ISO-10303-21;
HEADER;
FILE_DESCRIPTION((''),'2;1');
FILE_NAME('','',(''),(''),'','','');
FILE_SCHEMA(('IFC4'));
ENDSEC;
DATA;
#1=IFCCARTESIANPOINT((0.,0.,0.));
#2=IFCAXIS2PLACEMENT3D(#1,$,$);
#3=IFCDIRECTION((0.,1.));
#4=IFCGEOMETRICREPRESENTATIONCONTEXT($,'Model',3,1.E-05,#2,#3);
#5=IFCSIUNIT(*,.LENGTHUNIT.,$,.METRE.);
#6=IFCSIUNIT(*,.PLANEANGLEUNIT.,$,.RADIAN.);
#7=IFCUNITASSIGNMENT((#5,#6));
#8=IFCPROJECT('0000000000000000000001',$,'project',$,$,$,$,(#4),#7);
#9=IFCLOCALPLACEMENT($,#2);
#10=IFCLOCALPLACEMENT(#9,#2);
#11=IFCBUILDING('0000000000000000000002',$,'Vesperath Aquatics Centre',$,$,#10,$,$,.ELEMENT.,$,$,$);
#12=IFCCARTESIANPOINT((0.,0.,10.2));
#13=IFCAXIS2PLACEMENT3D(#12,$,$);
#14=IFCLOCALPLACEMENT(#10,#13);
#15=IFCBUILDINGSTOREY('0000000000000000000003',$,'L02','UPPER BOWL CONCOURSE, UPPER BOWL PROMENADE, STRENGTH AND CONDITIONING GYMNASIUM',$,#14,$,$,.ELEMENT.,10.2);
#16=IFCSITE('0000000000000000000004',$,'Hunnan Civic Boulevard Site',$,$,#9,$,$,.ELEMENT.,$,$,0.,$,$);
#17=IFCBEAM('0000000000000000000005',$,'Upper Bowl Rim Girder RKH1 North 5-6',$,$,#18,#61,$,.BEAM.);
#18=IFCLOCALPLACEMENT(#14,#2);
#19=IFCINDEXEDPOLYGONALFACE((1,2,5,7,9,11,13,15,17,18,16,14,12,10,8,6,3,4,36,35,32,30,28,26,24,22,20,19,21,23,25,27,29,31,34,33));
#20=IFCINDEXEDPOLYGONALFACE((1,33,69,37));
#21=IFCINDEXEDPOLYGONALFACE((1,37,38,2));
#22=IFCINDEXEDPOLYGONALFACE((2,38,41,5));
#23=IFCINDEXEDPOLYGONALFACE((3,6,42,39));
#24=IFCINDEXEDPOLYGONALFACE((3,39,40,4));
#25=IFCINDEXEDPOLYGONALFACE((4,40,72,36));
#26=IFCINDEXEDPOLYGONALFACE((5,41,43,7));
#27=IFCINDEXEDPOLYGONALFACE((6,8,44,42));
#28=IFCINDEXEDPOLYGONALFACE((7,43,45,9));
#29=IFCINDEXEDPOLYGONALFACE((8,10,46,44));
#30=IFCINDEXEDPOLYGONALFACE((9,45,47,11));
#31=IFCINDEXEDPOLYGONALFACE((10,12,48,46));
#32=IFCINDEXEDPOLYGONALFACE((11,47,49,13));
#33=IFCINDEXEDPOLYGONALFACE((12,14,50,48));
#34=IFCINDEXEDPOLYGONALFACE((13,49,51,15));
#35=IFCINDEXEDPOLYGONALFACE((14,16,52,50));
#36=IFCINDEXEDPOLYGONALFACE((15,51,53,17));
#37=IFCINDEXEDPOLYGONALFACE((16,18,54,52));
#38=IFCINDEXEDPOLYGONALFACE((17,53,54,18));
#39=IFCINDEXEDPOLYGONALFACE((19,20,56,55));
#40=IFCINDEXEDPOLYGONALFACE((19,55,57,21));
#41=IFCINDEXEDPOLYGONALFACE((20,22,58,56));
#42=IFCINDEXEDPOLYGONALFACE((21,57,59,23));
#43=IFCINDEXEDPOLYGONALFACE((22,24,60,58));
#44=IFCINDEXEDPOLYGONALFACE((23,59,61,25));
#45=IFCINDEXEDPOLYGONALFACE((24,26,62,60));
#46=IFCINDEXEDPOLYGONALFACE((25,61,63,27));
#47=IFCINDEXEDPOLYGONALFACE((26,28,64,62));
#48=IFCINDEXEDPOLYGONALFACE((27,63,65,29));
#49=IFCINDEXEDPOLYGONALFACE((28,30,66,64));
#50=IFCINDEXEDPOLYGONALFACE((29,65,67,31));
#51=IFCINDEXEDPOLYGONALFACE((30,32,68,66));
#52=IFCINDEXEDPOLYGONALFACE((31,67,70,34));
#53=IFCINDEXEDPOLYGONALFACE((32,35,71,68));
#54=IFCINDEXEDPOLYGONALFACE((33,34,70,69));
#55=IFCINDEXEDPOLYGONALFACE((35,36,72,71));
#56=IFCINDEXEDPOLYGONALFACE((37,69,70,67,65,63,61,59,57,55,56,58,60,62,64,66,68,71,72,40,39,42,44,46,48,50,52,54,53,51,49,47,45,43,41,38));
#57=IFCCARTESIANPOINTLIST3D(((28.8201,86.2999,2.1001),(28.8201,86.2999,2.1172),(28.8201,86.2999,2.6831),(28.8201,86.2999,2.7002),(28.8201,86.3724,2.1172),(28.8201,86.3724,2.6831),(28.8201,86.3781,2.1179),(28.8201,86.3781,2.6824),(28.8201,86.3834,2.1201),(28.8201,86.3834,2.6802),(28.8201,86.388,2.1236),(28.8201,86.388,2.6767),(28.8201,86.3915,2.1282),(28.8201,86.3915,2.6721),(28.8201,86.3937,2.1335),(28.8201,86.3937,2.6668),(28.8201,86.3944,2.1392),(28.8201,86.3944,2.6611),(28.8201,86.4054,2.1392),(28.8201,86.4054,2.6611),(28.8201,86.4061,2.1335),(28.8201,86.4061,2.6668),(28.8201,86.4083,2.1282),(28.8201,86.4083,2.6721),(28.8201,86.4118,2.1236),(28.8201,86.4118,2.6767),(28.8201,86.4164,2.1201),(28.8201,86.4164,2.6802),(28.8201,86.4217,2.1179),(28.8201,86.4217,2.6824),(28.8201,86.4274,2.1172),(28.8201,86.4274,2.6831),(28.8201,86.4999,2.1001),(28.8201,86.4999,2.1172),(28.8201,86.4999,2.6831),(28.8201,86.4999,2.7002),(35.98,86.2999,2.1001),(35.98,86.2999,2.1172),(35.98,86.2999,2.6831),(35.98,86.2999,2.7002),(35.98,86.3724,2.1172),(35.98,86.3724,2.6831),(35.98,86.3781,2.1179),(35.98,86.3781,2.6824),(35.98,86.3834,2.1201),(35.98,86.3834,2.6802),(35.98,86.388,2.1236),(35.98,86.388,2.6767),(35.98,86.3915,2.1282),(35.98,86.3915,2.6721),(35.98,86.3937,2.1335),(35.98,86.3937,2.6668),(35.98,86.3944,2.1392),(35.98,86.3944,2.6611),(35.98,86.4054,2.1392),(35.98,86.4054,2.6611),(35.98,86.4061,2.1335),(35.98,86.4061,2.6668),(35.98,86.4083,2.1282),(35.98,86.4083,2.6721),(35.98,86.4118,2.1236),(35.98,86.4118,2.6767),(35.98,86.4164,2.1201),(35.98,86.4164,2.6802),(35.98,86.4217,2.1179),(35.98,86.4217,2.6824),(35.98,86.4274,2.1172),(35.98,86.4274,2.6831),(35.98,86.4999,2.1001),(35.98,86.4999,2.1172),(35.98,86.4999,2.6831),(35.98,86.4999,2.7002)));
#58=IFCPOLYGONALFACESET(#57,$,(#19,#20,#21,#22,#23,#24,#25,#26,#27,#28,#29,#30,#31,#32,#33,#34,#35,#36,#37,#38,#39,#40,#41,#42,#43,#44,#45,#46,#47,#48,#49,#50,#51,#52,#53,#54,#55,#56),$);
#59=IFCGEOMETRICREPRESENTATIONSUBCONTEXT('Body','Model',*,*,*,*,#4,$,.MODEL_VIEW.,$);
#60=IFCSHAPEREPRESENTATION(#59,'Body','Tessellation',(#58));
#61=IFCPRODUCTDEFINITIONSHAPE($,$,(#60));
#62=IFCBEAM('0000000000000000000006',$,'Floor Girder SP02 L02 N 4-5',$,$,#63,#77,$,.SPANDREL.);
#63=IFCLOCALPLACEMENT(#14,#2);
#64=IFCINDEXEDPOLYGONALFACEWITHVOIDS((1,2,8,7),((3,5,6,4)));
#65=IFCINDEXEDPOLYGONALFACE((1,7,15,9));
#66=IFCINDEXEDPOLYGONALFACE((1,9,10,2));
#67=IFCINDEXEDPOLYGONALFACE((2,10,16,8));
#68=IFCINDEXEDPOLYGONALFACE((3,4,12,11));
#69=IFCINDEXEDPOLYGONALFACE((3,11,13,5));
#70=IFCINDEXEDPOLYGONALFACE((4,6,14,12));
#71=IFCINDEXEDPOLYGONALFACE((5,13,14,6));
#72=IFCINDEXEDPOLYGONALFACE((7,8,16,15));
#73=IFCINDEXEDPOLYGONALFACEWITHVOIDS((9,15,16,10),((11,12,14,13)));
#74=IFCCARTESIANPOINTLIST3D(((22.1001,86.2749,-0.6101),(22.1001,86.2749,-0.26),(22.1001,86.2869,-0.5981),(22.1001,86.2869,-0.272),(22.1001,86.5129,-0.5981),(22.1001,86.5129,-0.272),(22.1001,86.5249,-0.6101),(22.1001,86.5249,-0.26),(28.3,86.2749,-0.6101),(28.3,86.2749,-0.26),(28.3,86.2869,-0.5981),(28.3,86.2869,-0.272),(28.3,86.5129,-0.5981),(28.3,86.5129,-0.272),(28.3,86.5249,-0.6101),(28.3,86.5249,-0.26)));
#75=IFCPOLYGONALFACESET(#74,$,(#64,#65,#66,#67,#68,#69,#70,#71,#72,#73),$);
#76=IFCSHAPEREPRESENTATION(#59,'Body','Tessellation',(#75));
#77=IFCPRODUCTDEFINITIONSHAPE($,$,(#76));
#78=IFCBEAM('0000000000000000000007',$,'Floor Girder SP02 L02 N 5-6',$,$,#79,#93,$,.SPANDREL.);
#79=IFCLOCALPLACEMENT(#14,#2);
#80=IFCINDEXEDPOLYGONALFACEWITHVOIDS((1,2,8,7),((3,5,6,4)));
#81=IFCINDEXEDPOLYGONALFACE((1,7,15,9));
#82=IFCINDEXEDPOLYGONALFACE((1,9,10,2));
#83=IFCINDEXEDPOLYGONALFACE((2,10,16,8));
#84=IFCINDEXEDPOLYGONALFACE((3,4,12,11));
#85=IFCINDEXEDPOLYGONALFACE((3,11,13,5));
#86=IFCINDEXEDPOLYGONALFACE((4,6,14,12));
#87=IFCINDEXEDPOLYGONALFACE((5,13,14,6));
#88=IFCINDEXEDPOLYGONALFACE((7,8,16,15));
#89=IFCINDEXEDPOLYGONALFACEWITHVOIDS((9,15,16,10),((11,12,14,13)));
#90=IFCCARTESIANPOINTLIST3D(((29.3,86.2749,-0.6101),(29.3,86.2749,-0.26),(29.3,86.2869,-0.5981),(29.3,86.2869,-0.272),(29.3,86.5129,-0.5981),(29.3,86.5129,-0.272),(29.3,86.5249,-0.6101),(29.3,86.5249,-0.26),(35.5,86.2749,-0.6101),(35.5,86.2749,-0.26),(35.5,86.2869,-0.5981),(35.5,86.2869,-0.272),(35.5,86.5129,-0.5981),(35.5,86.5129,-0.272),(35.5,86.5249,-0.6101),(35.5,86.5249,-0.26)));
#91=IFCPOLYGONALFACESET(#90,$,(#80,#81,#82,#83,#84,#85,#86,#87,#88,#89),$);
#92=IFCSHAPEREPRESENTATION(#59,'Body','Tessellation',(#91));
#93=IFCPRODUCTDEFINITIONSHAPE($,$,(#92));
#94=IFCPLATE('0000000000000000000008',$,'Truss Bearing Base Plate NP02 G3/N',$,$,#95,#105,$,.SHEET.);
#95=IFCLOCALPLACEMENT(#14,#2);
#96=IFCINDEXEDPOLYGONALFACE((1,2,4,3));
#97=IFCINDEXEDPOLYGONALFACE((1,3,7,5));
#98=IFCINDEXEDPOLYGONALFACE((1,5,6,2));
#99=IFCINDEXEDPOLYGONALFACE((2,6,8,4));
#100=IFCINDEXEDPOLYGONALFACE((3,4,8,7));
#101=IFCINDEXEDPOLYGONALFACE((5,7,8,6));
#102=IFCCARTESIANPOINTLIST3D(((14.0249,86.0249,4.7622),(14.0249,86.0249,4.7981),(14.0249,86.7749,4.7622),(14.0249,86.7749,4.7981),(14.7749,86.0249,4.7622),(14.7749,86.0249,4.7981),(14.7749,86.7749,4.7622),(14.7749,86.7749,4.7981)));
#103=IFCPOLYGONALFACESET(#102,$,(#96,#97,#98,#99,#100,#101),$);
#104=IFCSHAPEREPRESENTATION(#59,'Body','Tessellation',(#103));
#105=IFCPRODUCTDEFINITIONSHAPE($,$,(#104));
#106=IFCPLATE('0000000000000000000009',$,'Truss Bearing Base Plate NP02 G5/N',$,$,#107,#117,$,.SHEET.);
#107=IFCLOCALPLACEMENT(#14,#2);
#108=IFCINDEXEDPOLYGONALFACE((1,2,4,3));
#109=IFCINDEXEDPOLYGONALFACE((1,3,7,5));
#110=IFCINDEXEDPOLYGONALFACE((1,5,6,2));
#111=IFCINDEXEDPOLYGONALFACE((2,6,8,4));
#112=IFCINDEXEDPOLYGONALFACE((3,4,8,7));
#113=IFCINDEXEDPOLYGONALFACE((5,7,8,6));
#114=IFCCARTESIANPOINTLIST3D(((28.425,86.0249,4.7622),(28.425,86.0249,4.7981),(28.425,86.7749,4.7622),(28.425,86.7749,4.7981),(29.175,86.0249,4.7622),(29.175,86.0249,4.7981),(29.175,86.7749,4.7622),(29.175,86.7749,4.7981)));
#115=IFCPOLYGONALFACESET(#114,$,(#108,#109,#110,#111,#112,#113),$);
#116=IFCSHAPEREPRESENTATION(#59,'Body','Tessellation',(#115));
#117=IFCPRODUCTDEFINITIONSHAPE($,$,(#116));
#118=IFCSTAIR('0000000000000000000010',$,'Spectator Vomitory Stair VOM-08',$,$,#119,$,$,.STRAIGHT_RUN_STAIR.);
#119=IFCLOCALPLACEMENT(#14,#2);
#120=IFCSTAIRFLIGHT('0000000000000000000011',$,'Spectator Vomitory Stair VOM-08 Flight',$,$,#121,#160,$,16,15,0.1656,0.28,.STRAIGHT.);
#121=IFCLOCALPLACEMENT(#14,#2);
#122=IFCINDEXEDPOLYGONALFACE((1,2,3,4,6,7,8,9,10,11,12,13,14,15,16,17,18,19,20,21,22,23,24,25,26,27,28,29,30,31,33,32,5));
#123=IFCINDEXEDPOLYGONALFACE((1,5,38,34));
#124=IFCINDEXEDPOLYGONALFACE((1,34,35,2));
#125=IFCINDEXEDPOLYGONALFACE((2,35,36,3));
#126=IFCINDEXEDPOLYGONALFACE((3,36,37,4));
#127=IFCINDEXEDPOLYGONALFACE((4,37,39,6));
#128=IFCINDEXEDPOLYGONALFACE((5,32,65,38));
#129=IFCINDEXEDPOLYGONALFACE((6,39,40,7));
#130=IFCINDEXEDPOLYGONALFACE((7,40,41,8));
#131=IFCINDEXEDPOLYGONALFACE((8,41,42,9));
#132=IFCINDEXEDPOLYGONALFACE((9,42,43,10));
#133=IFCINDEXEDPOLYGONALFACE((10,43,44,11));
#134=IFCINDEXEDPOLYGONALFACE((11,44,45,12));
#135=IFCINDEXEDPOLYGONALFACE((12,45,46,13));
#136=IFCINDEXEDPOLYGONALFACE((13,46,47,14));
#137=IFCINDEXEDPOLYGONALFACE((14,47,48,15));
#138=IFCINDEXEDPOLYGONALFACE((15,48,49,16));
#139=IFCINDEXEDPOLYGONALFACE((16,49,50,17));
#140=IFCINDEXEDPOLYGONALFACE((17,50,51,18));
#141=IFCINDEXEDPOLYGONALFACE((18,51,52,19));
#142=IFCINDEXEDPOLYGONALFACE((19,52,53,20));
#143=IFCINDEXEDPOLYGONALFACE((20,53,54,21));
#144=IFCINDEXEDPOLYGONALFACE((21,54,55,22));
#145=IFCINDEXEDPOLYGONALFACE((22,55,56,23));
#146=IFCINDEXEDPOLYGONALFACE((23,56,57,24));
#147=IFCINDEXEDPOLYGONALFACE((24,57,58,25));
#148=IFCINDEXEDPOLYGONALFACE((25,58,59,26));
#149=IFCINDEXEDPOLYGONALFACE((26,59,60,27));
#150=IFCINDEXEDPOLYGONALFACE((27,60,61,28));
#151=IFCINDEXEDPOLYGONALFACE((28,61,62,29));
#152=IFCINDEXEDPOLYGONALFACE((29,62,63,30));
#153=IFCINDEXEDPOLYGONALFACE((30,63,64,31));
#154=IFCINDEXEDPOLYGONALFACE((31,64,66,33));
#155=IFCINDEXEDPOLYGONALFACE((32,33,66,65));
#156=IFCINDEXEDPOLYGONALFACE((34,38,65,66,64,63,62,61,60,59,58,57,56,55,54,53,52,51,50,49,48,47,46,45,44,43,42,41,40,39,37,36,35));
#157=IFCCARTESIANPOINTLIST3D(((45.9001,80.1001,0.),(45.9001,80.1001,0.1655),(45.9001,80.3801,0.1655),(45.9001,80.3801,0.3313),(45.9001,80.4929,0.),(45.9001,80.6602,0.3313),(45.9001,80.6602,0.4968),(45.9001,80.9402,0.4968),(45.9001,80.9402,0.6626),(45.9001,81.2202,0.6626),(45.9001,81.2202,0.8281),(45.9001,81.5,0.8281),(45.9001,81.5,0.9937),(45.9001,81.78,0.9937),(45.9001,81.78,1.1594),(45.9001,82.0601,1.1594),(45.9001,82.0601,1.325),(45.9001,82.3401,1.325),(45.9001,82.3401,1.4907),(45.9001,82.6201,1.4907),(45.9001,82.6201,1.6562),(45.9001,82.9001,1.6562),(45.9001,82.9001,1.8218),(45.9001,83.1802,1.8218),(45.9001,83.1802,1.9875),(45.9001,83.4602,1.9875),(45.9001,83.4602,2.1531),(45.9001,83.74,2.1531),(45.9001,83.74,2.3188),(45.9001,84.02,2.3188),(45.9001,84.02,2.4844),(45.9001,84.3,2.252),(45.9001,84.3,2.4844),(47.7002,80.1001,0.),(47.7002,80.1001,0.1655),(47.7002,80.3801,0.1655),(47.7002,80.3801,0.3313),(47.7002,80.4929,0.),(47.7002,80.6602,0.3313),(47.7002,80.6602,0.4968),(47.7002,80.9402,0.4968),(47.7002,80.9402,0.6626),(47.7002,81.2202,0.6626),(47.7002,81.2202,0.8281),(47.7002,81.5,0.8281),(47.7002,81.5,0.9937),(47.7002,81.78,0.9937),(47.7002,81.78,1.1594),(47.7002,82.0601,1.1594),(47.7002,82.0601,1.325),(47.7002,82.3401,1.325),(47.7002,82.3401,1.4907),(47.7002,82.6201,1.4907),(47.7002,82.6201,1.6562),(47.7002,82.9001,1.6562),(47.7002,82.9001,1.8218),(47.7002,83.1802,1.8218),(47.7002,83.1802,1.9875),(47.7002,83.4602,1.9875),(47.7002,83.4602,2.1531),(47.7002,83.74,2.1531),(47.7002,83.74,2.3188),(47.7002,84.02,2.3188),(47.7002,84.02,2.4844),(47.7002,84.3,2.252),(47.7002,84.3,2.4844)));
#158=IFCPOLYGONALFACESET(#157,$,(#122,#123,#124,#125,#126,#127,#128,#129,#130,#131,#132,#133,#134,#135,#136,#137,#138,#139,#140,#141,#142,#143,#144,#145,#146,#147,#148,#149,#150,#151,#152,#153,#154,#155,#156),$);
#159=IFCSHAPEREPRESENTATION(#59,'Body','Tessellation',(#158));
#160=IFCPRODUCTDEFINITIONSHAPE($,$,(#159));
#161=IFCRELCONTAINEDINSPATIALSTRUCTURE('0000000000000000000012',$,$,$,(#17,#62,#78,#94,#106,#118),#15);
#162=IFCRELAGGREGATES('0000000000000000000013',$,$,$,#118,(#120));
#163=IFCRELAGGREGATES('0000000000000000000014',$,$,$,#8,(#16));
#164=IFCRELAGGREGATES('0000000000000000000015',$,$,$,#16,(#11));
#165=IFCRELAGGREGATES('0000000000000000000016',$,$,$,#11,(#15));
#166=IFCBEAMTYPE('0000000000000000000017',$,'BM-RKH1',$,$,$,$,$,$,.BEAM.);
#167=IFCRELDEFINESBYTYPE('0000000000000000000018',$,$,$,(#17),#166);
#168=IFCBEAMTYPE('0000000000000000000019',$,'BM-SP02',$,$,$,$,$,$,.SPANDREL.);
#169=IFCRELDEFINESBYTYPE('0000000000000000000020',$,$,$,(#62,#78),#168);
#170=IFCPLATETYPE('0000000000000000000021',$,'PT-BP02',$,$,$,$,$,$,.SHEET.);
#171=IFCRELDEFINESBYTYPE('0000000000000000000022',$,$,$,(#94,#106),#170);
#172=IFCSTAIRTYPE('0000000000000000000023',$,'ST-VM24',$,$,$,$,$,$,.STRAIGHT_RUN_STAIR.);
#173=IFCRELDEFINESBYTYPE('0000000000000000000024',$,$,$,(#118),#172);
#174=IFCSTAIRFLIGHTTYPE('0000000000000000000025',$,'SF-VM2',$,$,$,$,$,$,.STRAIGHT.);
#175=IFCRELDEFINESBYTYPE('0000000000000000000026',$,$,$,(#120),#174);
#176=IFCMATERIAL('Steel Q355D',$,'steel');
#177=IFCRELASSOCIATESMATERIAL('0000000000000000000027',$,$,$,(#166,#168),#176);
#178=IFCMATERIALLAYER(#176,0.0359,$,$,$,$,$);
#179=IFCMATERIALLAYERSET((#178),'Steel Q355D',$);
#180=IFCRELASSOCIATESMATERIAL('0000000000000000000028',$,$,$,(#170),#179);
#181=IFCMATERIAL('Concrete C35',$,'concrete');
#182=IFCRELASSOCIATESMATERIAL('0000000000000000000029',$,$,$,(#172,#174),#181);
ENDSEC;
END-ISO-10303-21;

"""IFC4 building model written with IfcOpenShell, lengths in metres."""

from ifc_helpers import new_model, si_unit, direction, frame, origin, origin_2d, place, context, subcontext, project, spatial, polyline, rectangle, hollow_rectangle, i_section, outline, extrude, material, layer, layer_set, material_profile, profile_set, type_object, element, aggregate, save


model = new_model("IFC4")

# Units and contexts
model_context = context("Model", 3, precision=1e-05, world=origin(), true_north=direction((0.0, 1.0)))
body_context = subcontext(model_context, "Body", "Model", "MODEL_VIEW")
ifc_project = project(units=[si_unit("LENGTHUNIT", "METRE"), si_unit("PLANEANGLEUNIT", "RADIAN")], contexts=[model_context])

# Site, building, storey
site_placement = place(None, origin())
site = spatial("IfcSite", under=ifc_project, at=site_placement, Name="Hunnan Civic Boulevard Site", CompositionType="ELEMENT", RefElevation=0.0)
building_placement = place(site_placement, origin())
building = spatial("IfcBuilding", under=site, at=building_placement, Name="Vesperath Aquatics Centre", CompositionType="ELEMENT")
storey_placement = place(building_placement, frame((0.0, 0.0, 10.2)))
storey = spatial("IfcBuildingStorey", under=building, at=storey_placement, Name="L02", Description="UPPER BOWL CONCOURSE, UPPER BOWL PROMENADE, STRENGTH AND CONDITIONING GYMNASIUM", CompositionType="ELEMENT", Elevation=10.2)

# Shared definitions
ifc_material_1 = material(Name="Steel Q355D", Category="steel")

# Beams
ifc_material_profile_1 = material_profile(ifc_material_1, i_section(OverallWidth=0.2, OverallDepth=0.6001, WebThickness=0.011, FlangeThickness=0.0171, FilletRadius=0.022, at=origin_2d()), Name="HN 600x200x11x17")
ifc_profile_set_1 = profile_set([ifc_material_profile_1], Name="Steel Q355D")
beam_type_1 = type_object("IfcBeamType", Name="BM-RKH1", PredefinedType="BEAM", material=ifc_profile_set_1)
for number, where, z_axis, x_axis, name in (
    (1, (28.8201, 86.3999, 2.4001), (1.0, 0.0, 0.0), (0.0, 1.0, 0.0), "Upper Bowl Rim Girder RKH1 North 5-6"),
):
    element("IfcBeam", number, at=place(storey_placement, frame(where, z_axis=z_axis, x_axis=x_axis)), inside=storey, type_object=beam_type_1, Name=name, PredefinedType="BEAM", context=body_context, shape_type="SweptSolid", body=[
        extrude(i_section(OverallWidth=0.2, OverallDepth=0.6001, WebThickness=0.011, FlangeThickness=0.0171, FilletRadius=0.022, at=origin_2d()), origin(), (0.0, 0.0, 1.0), 7.1599),
    ])
ifc_material_profile_2 = material_profile(ifc_material_1, hollow_rectangle(XDim=0.25, YDim=0.3501, WallThickness=0.012, at=origin_2d()), Name="RHS 350x250x12")
ifc_profile_set_2 = profile_set([ifc_material_profile_2], Name="Steel Q355D")
beam_type_2 = type_object("IfcBeamType", Name="BM-SP02", PredefinedType="SPANDREL", material=ifc_profile_set_2)
for number, where, z_axis, x_axis, name in (
    (2, (22.1001, 86.3999, -0.4351), (1.0, 0.0, 0.0), (0.0, 1.0, 0.0), "Floor Girder SP02 L02 N 4-5"),
    (3, (29.3, 86.3999, -0.4351), (1.0, 0.0, 0.0), (0.0, 1.0, 0.0), "Floor Girder SP02 L02 N 5-6"),
):
    element("IfcBeam", number, at=place(storey_placement, frame(where, z_axis=z_axis, x_axis=x_axis)), inside=storey, type_object=beam_type_2, Name=name, PredefinedType="SPANDREL", context=body_context, shape_type="SweptSolid", body=[
        extrude(hollow_rectangle(XDim=0.25, YDim=0.3501, WallThickness=0.012, at=origin_2d()), origin(), (0.0, 0.0, 1.0), 6.2),
    ])

# Plates
ifc_layer = layer(ifc_material_1, 0.0359)
ifc_layer_set = layer_set([ifc_layer], Name="Steel Q355D")
plate_type = type_object("IfcPlateType", Name="PT-BP02", PredefinedType="SHEET", material=ifc_layer_set)
for number, where, z_axis, x_axis, name in (
    (4, (14.3999, 86.3999, 4.7622), (0.0, 0.0, 1.0), (1.0, 0.0, 0.0), "Truss Bearing Base Plate NP02 G3/N"),
    (5, (28.8, 86.3999, 4.7622), (0.0, 0.0, 1.0), (1.0, 0.0, 0.0), "Truss Bearing Base Plate NP02 G5/N"),
):
    element("IfcPlate", number, at=place(storey_placement, frame(where, z_axis=z_axis, x_axis=x_axis)), inside=storey, type_object=plate_type, Name=name, PredefinedType="SHEET", context=body_context, shape_type="SweptSolid", body=[
        extrude(rectangle(XDim=0.75, YDim=0.75, at=origin_2d()), origin(), (0.0, 0.0, 1.0), 0.0359),
    ])

# Stair, stair flight
ifc_material_2 = material(Name="Concrete C35", Category="concrete")
stair_type = type_object("IfcStairType", Name="ST-VM24", PredefinedType="STRAIGHT_RUN_STAIR", material=ifc_material_2)
stair_placement = place(storey_placement, origin())
stair = element("IfcStair", 6, at=stair_placement, inside=storey, type_object=stair_type, Name="Spectator Vomitory Stair VOM-08", PredefinedType="STRAIGHT_RUN_STAIR")
stair_flight_type = type_object("IfcStairFlightType", Name="SF-VM2", PredefinedType="STRAIGHT", material=ifc_material_2)
stair_flight_placement = place(storey_placement, frame((46.8, 80.1001, 0.0), z_axis=(0.0, 0.0, 1.0), x_axis=(0.0, 1.0, 0.0)))
stair_flight = element("IfcStairFlight", 7, at=stair_flight_placement, type_object=stair_flight_type, Name="Spectator Vomitory Stair VOM-08 Flight", NumberOfRisers=16, NumberOfTreads=15, PredefinedType="STRAIGHT", RiserHeight=0.1656, TreadLength=0.28, context=body_context, shape_type="SweptSolid", body=[
    extrude(outline(polyline([(0.0, 0.0), (0.0, 0.1655), (0.28, 0.1655), (0.28, 0.3313), (0.5601, 0.3313), (0.5601, 0.4968), (0.8401, 0.4968), (0.8401, 0.6626), (1.1201, 0.6626), (1.1201, 0.8281), (1.3999, 0.8281), (1.3999, 0.9937), (1.6799, 0.9937), (1.6799, 1.1594), (1.96, 1.1594), (1.96, 1.325), (2.24, 1.325), (2.24, 1.4907), (2.52, 1.4907), (2.52, 1.6562), (2.8, 1.6562), (2.8, 1.8218), (3.0801, 1.8218), (3.0801, 1.9875), (3.3601, 1.9875), (3.3601, 2.1531), (3.6399, 2.1531), (3.6399, 2.3188), (3.9199, 2.3188), (3.9199, 2.4844), (4.2, 2.4844), (4.2, 2.6499), (4.2, 2.252), (0.3928, 0.0), (0.0, 0.0)])), frame((0.0, 0.8999, 0.0), z_axis=(0.0, -1.0, 0.0), x_axis=(1.0, 0.0, 0.0)), (0.0, 0.0, 1.0), 1.8),
])
aggregate(stair, [stair_flight])

save(model, "model.ifc")
